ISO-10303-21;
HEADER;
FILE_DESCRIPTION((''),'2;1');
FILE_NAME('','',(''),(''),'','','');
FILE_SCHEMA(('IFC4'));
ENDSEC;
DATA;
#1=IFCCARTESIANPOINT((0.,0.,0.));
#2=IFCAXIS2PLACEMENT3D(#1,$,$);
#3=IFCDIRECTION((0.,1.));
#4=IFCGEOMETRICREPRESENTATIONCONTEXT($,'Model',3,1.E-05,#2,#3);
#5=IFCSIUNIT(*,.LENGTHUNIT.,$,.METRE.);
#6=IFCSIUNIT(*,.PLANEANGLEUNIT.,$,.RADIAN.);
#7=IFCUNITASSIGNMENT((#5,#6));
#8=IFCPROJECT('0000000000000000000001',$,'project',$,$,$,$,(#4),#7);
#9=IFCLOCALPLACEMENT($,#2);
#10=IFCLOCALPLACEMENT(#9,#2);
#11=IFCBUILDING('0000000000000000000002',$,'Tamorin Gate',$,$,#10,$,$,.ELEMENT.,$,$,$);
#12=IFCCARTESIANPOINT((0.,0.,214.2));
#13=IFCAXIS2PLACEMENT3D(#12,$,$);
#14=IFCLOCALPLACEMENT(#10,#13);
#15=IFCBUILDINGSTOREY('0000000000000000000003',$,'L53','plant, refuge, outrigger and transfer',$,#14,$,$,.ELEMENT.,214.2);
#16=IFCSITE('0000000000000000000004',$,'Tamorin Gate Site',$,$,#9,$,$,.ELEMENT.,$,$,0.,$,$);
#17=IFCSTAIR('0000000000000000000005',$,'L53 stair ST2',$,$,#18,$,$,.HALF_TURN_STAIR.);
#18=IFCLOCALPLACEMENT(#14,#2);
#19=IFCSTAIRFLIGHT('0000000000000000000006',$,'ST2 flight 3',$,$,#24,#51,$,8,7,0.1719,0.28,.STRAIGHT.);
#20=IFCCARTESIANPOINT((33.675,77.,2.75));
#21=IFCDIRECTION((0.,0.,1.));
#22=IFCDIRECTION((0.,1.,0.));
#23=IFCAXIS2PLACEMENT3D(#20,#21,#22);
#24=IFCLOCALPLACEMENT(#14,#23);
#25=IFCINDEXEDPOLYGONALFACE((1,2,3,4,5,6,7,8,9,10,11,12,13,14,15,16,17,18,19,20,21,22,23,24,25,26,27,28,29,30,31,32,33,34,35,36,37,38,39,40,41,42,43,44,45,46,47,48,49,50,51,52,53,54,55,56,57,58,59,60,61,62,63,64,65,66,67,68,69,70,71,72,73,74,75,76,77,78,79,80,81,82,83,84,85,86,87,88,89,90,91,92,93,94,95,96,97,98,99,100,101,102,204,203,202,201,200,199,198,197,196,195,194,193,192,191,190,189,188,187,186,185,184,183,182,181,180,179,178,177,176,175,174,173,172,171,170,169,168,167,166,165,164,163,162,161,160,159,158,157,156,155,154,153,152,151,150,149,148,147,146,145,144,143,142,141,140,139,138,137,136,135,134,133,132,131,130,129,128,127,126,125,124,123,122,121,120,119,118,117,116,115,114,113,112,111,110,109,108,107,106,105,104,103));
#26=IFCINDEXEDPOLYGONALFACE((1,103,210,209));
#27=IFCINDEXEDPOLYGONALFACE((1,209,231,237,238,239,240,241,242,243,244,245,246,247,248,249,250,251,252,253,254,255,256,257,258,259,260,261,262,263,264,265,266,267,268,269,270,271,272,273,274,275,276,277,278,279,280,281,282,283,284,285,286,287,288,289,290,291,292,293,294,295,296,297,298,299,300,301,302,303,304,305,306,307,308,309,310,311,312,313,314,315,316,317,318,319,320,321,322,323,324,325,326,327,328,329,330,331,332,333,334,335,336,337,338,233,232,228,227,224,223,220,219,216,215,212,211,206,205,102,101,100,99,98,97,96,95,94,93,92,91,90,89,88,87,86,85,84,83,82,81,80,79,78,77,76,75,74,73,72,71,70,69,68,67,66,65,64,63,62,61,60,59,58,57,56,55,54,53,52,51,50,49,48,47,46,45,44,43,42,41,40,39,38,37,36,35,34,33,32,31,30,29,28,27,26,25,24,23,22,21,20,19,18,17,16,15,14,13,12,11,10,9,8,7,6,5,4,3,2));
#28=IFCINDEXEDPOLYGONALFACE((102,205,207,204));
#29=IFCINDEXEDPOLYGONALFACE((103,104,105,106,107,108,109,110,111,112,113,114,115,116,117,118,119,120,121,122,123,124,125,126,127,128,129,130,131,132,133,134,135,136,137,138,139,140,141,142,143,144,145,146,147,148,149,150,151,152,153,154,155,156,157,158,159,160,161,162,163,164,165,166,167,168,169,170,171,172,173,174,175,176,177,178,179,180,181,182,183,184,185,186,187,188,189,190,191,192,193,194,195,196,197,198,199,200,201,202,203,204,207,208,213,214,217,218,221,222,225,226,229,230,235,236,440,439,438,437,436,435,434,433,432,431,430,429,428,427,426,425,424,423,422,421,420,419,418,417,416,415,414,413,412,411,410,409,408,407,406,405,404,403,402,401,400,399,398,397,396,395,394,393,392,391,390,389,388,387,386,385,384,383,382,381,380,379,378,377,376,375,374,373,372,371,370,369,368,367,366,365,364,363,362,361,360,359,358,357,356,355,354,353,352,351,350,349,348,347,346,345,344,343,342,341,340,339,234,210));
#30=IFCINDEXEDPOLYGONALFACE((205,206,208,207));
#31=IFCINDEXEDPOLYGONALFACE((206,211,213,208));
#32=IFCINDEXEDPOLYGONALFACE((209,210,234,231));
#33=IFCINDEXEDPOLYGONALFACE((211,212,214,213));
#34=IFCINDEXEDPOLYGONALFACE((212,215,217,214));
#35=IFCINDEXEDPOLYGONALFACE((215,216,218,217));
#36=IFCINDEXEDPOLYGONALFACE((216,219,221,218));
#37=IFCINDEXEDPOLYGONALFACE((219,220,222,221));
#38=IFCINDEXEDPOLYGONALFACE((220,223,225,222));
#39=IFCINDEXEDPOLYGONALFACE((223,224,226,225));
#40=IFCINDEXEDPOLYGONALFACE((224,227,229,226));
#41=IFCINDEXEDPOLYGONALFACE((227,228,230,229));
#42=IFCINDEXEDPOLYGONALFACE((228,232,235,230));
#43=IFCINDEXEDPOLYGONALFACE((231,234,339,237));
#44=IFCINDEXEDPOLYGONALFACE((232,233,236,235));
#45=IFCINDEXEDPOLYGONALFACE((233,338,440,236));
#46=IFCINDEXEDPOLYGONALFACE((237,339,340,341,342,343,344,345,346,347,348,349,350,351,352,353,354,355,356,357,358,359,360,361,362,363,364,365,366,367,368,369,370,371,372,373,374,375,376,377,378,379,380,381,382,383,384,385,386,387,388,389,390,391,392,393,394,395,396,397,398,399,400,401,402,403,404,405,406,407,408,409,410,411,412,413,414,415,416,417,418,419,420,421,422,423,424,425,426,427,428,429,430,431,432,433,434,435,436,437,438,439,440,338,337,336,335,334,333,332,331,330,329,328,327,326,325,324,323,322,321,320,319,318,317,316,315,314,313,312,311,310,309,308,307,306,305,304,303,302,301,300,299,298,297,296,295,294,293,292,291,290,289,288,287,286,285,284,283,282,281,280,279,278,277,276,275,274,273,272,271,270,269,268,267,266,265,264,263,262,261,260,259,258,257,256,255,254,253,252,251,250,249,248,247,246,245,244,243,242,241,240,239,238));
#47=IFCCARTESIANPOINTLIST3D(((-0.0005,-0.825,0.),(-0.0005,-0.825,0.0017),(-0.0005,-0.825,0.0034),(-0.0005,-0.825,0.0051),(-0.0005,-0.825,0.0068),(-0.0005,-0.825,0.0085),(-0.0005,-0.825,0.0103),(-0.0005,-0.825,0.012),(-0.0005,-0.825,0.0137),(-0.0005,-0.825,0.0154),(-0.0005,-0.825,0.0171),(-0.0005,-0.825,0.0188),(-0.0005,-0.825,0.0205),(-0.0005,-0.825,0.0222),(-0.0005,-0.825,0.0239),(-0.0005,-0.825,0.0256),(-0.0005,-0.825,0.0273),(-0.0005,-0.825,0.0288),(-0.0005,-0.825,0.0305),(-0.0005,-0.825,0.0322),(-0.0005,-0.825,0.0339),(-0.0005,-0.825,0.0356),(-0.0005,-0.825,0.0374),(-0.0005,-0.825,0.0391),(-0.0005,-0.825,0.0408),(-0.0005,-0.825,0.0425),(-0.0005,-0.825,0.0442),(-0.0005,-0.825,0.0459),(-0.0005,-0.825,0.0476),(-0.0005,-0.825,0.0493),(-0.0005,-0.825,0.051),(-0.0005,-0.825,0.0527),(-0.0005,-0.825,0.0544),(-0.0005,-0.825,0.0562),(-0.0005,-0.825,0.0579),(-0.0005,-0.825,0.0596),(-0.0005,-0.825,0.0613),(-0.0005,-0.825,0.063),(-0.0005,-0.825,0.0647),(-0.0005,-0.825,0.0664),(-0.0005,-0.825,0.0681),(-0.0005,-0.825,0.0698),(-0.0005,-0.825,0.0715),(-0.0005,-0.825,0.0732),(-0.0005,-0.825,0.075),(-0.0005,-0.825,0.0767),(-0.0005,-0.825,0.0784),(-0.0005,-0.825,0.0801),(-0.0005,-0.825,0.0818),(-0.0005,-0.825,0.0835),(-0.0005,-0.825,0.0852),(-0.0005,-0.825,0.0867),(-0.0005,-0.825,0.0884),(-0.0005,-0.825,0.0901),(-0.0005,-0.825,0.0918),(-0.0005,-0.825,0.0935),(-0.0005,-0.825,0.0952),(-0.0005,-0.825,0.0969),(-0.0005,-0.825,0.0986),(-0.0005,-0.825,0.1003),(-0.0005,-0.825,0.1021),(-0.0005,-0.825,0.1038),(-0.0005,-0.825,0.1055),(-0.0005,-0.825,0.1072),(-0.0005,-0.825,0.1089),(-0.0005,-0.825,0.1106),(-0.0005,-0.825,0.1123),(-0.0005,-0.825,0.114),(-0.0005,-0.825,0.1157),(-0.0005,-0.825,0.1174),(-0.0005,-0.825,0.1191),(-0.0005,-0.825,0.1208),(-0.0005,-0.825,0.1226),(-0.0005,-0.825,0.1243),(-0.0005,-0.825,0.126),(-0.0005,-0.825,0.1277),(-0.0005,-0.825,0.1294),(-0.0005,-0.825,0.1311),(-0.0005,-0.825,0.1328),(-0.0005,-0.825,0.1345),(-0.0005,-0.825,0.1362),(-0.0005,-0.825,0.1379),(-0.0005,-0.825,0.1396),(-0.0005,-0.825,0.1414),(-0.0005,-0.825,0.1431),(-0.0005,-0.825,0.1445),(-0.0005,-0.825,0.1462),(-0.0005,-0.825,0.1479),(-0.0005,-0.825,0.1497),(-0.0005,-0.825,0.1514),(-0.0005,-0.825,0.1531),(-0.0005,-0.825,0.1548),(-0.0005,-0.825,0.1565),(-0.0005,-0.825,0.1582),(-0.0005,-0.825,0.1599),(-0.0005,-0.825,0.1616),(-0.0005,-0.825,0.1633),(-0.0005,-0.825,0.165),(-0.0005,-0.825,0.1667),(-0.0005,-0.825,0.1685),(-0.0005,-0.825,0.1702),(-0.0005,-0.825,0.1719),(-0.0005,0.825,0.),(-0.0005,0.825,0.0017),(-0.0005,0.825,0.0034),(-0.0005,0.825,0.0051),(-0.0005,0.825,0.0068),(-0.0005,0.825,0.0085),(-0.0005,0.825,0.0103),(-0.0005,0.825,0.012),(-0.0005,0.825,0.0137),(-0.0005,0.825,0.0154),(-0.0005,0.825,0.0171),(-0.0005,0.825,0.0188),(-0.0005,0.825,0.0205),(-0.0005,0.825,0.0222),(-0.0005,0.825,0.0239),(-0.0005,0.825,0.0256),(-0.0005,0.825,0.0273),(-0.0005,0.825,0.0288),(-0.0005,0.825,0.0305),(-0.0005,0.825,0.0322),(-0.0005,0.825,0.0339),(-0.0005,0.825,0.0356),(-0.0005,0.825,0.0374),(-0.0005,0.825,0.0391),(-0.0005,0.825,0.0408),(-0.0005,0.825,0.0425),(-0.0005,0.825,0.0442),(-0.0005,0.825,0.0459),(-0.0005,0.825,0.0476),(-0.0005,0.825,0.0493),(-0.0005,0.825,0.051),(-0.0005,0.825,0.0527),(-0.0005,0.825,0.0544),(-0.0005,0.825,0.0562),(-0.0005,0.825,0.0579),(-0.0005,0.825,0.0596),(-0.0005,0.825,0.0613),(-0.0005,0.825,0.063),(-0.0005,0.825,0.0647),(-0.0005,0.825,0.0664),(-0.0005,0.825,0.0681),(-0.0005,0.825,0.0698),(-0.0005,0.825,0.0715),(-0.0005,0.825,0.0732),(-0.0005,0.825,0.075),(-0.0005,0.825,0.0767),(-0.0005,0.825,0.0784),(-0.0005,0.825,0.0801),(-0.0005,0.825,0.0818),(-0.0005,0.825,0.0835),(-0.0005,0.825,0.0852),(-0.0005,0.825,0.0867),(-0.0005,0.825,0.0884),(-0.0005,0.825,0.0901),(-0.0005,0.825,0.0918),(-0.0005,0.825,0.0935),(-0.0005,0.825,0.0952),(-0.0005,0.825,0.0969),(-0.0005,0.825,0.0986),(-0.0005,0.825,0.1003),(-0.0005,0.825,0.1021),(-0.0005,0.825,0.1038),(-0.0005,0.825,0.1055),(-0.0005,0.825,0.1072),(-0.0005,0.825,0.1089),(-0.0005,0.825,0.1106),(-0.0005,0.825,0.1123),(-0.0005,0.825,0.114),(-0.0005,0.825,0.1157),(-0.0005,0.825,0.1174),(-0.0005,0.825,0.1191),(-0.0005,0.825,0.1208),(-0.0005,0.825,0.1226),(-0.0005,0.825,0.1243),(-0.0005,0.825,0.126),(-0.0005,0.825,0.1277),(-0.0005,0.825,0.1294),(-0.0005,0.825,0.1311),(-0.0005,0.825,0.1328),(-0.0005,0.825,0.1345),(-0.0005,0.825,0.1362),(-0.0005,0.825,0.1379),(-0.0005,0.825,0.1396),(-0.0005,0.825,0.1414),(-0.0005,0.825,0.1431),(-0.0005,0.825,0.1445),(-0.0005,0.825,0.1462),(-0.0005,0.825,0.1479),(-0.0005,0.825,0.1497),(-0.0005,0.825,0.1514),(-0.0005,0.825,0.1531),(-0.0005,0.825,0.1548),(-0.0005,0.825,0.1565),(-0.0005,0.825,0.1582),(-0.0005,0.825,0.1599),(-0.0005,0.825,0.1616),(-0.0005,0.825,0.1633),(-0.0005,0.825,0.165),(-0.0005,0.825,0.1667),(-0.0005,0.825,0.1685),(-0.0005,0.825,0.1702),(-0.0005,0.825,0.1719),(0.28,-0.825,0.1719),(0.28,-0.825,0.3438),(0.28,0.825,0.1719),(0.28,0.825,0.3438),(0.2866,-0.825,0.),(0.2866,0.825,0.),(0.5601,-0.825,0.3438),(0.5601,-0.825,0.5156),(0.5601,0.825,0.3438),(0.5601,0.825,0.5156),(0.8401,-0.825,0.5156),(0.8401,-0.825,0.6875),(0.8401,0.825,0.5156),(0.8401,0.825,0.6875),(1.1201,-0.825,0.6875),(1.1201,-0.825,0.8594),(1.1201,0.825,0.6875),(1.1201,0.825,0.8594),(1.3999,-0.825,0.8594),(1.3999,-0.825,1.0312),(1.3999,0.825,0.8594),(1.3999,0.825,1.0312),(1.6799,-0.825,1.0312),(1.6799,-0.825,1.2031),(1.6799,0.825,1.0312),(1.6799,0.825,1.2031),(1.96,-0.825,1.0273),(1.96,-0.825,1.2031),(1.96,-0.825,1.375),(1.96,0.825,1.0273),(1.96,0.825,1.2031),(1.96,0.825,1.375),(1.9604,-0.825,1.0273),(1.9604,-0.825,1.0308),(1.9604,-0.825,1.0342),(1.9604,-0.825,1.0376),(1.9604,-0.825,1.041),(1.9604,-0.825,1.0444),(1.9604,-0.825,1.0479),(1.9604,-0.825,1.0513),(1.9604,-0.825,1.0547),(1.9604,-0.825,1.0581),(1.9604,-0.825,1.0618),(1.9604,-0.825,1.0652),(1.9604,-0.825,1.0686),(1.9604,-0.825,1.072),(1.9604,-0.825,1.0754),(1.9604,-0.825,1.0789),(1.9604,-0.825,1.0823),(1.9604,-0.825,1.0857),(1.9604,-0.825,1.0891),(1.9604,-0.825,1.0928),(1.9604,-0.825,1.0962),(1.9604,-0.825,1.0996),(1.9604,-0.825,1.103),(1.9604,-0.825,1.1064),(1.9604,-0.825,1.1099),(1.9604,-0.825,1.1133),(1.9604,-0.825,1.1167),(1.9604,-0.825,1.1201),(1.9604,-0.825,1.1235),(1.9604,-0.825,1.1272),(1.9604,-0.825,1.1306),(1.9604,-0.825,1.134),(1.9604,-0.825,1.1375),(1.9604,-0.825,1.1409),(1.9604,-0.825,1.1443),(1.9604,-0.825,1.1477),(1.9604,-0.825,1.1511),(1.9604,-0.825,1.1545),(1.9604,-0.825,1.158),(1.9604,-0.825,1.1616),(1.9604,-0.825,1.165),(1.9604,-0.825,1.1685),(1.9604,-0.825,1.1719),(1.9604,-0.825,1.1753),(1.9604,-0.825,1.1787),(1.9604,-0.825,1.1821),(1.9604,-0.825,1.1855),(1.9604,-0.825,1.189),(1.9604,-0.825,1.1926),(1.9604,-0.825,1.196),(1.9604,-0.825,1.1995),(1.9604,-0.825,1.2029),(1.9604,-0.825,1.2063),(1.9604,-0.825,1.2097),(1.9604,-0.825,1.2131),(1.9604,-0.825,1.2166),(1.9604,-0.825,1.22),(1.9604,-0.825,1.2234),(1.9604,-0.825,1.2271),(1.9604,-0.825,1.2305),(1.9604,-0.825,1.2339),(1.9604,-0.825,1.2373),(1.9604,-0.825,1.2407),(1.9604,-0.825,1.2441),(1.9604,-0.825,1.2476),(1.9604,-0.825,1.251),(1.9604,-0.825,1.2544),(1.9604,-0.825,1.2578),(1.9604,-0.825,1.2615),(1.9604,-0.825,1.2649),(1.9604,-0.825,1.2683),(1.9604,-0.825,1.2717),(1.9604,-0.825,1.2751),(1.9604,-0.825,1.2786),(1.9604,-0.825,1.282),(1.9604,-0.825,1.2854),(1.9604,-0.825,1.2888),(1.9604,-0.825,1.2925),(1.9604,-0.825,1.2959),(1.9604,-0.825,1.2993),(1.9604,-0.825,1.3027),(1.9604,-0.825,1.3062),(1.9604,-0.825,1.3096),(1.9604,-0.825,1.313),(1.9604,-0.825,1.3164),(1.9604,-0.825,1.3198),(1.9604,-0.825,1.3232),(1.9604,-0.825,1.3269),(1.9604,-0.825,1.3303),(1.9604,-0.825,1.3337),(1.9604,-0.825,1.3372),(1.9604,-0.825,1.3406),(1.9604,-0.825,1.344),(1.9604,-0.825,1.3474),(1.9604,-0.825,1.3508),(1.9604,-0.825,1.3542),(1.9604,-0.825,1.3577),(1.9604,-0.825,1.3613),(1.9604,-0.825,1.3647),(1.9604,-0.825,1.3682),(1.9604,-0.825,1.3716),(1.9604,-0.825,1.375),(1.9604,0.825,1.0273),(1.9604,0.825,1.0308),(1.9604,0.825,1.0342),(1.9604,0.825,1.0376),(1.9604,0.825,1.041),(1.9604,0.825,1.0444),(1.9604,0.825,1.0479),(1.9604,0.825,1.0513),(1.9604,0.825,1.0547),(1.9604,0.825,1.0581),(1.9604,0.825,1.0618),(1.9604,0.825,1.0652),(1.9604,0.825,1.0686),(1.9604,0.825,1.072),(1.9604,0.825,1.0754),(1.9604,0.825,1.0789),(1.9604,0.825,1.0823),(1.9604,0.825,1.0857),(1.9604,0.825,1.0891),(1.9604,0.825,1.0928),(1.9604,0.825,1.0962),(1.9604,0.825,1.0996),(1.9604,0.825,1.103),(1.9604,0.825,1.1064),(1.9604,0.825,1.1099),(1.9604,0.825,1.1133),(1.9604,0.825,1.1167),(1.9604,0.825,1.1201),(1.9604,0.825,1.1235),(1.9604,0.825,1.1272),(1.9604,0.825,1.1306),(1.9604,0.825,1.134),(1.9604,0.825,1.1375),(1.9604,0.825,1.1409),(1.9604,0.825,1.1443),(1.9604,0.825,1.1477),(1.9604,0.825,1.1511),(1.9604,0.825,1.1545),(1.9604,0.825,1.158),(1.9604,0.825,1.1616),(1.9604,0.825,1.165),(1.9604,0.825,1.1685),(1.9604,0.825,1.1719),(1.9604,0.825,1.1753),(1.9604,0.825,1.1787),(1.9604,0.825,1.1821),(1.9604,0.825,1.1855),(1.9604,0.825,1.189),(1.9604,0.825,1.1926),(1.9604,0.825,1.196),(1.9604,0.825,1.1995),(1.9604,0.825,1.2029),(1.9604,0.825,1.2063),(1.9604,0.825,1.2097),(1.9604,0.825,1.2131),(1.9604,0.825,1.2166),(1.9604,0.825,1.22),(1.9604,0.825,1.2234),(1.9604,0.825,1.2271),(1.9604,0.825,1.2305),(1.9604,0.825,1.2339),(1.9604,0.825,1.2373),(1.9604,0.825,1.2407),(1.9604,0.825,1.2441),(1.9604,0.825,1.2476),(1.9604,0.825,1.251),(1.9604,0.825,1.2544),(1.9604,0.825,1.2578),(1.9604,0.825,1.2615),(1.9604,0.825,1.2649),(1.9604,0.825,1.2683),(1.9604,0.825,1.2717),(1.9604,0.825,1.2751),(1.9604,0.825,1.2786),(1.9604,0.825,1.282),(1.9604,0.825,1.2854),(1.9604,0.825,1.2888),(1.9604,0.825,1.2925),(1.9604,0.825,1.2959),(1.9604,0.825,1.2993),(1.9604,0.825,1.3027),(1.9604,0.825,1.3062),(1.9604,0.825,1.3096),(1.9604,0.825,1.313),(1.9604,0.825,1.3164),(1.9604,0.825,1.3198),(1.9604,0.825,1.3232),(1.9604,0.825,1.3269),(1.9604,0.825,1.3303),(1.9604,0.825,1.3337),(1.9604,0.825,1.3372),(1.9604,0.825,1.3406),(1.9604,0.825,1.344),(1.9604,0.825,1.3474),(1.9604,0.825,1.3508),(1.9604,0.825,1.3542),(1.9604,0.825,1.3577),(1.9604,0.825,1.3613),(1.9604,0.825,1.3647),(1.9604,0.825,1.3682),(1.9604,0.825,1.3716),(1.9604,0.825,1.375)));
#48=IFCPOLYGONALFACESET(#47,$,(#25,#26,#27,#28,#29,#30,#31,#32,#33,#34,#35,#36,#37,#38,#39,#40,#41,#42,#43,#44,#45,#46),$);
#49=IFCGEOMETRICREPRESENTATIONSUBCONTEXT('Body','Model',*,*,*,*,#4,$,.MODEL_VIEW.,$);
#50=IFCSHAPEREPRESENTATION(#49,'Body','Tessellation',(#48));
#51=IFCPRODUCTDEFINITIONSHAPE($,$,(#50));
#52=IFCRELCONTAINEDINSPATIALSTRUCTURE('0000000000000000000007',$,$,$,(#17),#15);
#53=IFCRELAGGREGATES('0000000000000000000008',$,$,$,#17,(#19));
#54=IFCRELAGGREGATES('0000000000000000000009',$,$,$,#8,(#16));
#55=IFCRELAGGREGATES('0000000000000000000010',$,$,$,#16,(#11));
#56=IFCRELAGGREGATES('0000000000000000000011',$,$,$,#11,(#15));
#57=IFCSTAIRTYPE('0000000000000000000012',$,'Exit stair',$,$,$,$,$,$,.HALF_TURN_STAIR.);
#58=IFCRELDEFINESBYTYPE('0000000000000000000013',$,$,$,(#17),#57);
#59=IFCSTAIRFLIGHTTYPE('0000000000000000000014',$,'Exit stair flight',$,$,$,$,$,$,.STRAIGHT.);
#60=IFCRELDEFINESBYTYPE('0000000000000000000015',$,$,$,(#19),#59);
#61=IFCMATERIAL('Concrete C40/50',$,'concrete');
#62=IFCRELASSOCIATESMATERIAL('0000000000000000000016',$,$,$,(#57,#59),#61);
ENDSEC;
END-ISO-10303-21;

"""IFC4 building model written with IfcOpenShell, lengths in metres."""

from ifc_helpers import new_model, si_unit, direction, frame, origin, place, context, subcontext, project, spatial, polyline, outline, extrude, material, type_object, element, aggregate, save


model = new_model("IFC4")

# Units and contexts
model_context = context("Model", 3, precision=1e-05, world=origin(), true_north=direction((0.0, 1.0)))
body_context = subcontext(model_context, "Body", "Model", "MODEL_VIEW")
ifc_project = project(units=[si_unit("LENGTHUNIT", "METRE"), si_unit("PLANEANGLEUNIT", "RADIAN")], contexts=[model_context])

# Site, building, storey
site_placement = place(None, origin())
site = spatial("IfcSite", under=ifc_project, at=site_placement, Name="Tamorin Gate Site", CompositionType="ELEMENT", RefElevation=0.0)
building_placement = place(site_placement, origin())
building = spatial("IfcBuilding", under=site, at=building_placement, Name="Tamorin Gate", CompositionType="ELEMENT")
storey_placement = place(building_placement, frame((0.0, 0.0, 214.2)))
storey = spatial("IfcBuildingStorey", under=building, at=storey_placement, Name="L53", Description="plant, refuge, outrigger and transfer", CompositionType="ELEMENT", Elevation=214.2)

# Shared definitions
ifc_material_1 = material(Name="Concrete C40/50", Category="concrete")

# Stair, stair flight
stair_type = type_object("IfcStairType", Name="Exit stair", PredefinedType="HALF_TURN_STAIR", material=ifc_material_1)
stair_placement = place(storey_placement, origin())
stair = element("IfcStair", 1, at=stair_placement, inside=storey, type_object=stair_type, Name="L53 stair ST2", PredefinedType="HALF_TURN_STAIR")
stair_flight_type = type_object("IfcStairFlightType", Name="Exit stair flight", PredefinedType="STRAIGHT", material=ifc_material_1)
stair_flight_1_placement = place(storey_placement, frame((33.675, 77.0, 2.75), z_axis=(0.0, 0.0, 1.0), x_axis=(0.0, 1.0, 0.0)))
stair_flight_1 = element("IfcStairFlight", 2, at=stair_flight_1_placement, type_object=stair_flight_type, Name="ST2 flight 3", NumberOfRisers=8, NumberOfTreads=7, PredefinedType="STRAIGHT", RiserHeight=0.1719, TreadLength=0.28, context=body_context, shape_type="SweptSolid", body=[
    extrude(outline(polyline([(-0.0005, 0.0), (-0.0005, 0.0017), (-0.0005, 0.0034), (-0.0005, 0.0051), (-0.0005, 0.0068), (-0.0005, 0.0085), (-0.0005, 0.0103), (-0.0005, 0.012), (-0.0005, 0.0137), (-0.0005, 0.0154), (-0.0005, 0.0171), (-0.0005, 0.0188), (-0.0005, 0.0205), (-0.0005, 0.0222), (-0.0005, 0.0239), (-0.0005, 0.0256), (-0.0005, 0.0273), (-0.0005, 0.0288), (-0.0005, 0.0305), (-0.0005, 0.0322), (-0.0005, 0.0339), (-0.0005, 0.0356), (-0.0005, 0.0374), (-0.0005, 0.0391), (-0.0005, 0.0408), (-0.0005, 0.0425), (-0.0005, 0.0442), (-0.0005, 0.0459), (-0.0005, 0.0476), (-0.0005, 0.0493), (-0.0005, 0.051), (-0.0005, 0.0527), (-0.0005, 0.0544), (-0.0005, 0.0562), (-0.0005, 0.0579), (-0.0005, 0.0596), (-0.0005, 0.0613), (-0.0005, 0.063), (-0.0005, 0.0647), (-0.0005, 0.0664), (-0.0005, 0.0681), (-0.0005, 0.0698), (-0.0005, 0.0715), (-0.0005, 0.0732), (-0.0005, 0.075), (-0.0005, 0.0767), (-0.0005, 0.0784), (-0.0005, 0.0801), (-0.0005, 0.0818), (-0.0005, 0.0835), (-0.0005, 0.0852), (-0.0005, 0.0867), (-0.0005, 0.0884), (-0.0005, 0.0901), (-0.0005, 0.0918), (-0.0005, 0.0935), (-0.0005, 0.0952), (-0.0005, 0.0969), (-0.0005, 0.0986), (-0.0005, 0.1003), (-0.0005, 0.1021), (-0.0005, 0.1038), (-0.0005, 0.1055), (-0.0005, 0.1072), (-0.0005, 0.1089), (-0.0005, 0.1106), (-0.0005, 0.1123), (-0.0005, 0.114), (-0.0005, 0.1157), (-0.0005, 0.1174), (-0.0005, 0.1191), (-0.0005, 0.1208), (-0.0005, 0.1226), (-0.0005, 0.1243), (-0.0005, 0.126), (-0.0005, 0.1277), (-0.0005, 0.1294), (-0.0005, 0.1311), (-0.0005, 0.1328), (-0.0005, 0.1345), (-0.0005, 0.1362), (-0.0005, 0.1379), (-0.0005, 0.1396), (-0.0005, 0.1414), (-0.0005, 0.1431), (-0.0005, 0.1445), (-0.0005, 0.1462), (-0.0005, 0.1479), (-0.0005, 0.1497), (-0.0005, 0.1514), (-0.0005, 0.1531), (-0.0005, 0.1548), (-0.0005, 0.1565), (-0.0005, 0.1582), (-0.0005, 0.1599), (-0.0005, 0.1616), (-0.0005, 0.1633), (-0.0005, 0.165), (-0.0005, 0.1667), (-0.0005, 0.1685), (-0.0005, 0.1702), (-0.0005, 0.1719), (0.28, 0.1719), (0.28, 0.3438), (0.5601, 0.3438), (0.5601, 0.5156), (0.8401, 0.5156), (0.8401, 0.6875), (1.1201, 0.6875), (1.1201, 0.8594), (1.3999, 0.8594), (1.3999, 1.0312), (1.6799, 1.0312), (1.6799, 1.2031), (1.96, 1.2031), (1.96, 1.375), (1.9604, 1.375), (1.9604, 1.3716), (1.9604, 1.3682), (1.9604, 1.3647), (1.9604, 1.3613), (1.9604, 1.3577), (1.9604, 1.3542), (1.9604, 1.3508), (1.9604, 1.3474), (1.9604, 1.344), (1.9604, 1.3406), (1.9604, 1.3372), (1.9604, 1.3337), (1.9604, 1.3303), (1.9604, 1.3269), (1.9604, 1.3232), (1.9604, 1.3198), (1.9604, 1.3164), (1.9604, 1.313), (1.9604, 1.3096), (1.9604, 1.3062), (1.9604, 1.3027), (1.9604, 1.2993), (1.9604, 1.2959), (1.9604, 1.2925), (1.9604, 1.2888), (1.9604, 1.2854), (1.9604, 1.282), (1.9604, 1.2786), (1.9604, 1.2751), (1.9604, 1.2717), (1.9604, 1.2683), (1.9604, 1.2649), (1.9604, 1.2615), (1.9604, 1.2578), (1.9604, 1.2544), (1.9604, 1.251), (1.9604, 1.2476), (1.9604, 1.2441), (1.9604, 1.2407), (1.9604, 1.2373), (1.9604, 1.2339), (1.9604, 1.2305), (1.9604, 1.2271), (1.9604, 1.2234), (1.9604, 1.22), (1.9604, 1.2166), (1.9604, 1.2131), (1.9604, 1.2097), (1.9604, 1.2063), (1.9604, 1.2029), (1.9604, 1.1995), (1.9604, 1.196), (1.9604, 1.1926), (1.9604, 1.189), (1.9604, 1.1855), (1.9604, 1.1821), (1.9604, 1.1787), (1.9604, 1.1753), (1.9604, 1.1719), (1.9604, 1.1685), (1.9604, 1.165), (1.9604, 1.1616), (1.9604, 1.158), (1.9604, 1.1545), (1.9604, 1.1511), (1.9604, 1.1477), (1.9604, 1.1443), (1.9604, 1.1409), (1.9604, 1.1375), (1.9604, 1.134), (1.9604, 1.1306), (1.9604, 1.1272), (1.9604, 1.1235), (1.9604, 1.1201), (1.9604, 1.1167), (1.9604, 1.1133), (1.9604, 1.1099), (1.9604, 1.1064), (1.9604, 1.103), (1.9604, 1.0996), (1.9604, 1.0962), (1.9604, 1.0928), (1.9604, 1.0891), (1.9604, 1.0857), (1.9604, 1.0823), (1.9604, 1.0789), (1.9604, 1.0754), (1.9604, 1.072), (1.9604, 1.0686), (1.9604, 1.0652), (1.9604, 1.0618), (1.9604, 1.0581), (1.9604, 1.0547), (1.9604, 1.0513), (1.9604, 1.0479), (1.9604, 1.0444), (1.9604, 1.041), (1.9604, 1.0376), (1.9604, 1.0342), (1.9604, 1.0308), (1.9604, 1.0273), (1.96, 1.0273), (0.2866, 0.0), (-0.0005, 0.0)])), frame((0.0, 0.825, 0.0), z_axis=(0.0, -1.0, 0.0), x_axis=(1.0, 0.0, 0.0)), (0.0, 0.0, 1.0), 1.6499),
])
aggregate(stair, [stair_flight_1])

save(model, "model.ifc")
